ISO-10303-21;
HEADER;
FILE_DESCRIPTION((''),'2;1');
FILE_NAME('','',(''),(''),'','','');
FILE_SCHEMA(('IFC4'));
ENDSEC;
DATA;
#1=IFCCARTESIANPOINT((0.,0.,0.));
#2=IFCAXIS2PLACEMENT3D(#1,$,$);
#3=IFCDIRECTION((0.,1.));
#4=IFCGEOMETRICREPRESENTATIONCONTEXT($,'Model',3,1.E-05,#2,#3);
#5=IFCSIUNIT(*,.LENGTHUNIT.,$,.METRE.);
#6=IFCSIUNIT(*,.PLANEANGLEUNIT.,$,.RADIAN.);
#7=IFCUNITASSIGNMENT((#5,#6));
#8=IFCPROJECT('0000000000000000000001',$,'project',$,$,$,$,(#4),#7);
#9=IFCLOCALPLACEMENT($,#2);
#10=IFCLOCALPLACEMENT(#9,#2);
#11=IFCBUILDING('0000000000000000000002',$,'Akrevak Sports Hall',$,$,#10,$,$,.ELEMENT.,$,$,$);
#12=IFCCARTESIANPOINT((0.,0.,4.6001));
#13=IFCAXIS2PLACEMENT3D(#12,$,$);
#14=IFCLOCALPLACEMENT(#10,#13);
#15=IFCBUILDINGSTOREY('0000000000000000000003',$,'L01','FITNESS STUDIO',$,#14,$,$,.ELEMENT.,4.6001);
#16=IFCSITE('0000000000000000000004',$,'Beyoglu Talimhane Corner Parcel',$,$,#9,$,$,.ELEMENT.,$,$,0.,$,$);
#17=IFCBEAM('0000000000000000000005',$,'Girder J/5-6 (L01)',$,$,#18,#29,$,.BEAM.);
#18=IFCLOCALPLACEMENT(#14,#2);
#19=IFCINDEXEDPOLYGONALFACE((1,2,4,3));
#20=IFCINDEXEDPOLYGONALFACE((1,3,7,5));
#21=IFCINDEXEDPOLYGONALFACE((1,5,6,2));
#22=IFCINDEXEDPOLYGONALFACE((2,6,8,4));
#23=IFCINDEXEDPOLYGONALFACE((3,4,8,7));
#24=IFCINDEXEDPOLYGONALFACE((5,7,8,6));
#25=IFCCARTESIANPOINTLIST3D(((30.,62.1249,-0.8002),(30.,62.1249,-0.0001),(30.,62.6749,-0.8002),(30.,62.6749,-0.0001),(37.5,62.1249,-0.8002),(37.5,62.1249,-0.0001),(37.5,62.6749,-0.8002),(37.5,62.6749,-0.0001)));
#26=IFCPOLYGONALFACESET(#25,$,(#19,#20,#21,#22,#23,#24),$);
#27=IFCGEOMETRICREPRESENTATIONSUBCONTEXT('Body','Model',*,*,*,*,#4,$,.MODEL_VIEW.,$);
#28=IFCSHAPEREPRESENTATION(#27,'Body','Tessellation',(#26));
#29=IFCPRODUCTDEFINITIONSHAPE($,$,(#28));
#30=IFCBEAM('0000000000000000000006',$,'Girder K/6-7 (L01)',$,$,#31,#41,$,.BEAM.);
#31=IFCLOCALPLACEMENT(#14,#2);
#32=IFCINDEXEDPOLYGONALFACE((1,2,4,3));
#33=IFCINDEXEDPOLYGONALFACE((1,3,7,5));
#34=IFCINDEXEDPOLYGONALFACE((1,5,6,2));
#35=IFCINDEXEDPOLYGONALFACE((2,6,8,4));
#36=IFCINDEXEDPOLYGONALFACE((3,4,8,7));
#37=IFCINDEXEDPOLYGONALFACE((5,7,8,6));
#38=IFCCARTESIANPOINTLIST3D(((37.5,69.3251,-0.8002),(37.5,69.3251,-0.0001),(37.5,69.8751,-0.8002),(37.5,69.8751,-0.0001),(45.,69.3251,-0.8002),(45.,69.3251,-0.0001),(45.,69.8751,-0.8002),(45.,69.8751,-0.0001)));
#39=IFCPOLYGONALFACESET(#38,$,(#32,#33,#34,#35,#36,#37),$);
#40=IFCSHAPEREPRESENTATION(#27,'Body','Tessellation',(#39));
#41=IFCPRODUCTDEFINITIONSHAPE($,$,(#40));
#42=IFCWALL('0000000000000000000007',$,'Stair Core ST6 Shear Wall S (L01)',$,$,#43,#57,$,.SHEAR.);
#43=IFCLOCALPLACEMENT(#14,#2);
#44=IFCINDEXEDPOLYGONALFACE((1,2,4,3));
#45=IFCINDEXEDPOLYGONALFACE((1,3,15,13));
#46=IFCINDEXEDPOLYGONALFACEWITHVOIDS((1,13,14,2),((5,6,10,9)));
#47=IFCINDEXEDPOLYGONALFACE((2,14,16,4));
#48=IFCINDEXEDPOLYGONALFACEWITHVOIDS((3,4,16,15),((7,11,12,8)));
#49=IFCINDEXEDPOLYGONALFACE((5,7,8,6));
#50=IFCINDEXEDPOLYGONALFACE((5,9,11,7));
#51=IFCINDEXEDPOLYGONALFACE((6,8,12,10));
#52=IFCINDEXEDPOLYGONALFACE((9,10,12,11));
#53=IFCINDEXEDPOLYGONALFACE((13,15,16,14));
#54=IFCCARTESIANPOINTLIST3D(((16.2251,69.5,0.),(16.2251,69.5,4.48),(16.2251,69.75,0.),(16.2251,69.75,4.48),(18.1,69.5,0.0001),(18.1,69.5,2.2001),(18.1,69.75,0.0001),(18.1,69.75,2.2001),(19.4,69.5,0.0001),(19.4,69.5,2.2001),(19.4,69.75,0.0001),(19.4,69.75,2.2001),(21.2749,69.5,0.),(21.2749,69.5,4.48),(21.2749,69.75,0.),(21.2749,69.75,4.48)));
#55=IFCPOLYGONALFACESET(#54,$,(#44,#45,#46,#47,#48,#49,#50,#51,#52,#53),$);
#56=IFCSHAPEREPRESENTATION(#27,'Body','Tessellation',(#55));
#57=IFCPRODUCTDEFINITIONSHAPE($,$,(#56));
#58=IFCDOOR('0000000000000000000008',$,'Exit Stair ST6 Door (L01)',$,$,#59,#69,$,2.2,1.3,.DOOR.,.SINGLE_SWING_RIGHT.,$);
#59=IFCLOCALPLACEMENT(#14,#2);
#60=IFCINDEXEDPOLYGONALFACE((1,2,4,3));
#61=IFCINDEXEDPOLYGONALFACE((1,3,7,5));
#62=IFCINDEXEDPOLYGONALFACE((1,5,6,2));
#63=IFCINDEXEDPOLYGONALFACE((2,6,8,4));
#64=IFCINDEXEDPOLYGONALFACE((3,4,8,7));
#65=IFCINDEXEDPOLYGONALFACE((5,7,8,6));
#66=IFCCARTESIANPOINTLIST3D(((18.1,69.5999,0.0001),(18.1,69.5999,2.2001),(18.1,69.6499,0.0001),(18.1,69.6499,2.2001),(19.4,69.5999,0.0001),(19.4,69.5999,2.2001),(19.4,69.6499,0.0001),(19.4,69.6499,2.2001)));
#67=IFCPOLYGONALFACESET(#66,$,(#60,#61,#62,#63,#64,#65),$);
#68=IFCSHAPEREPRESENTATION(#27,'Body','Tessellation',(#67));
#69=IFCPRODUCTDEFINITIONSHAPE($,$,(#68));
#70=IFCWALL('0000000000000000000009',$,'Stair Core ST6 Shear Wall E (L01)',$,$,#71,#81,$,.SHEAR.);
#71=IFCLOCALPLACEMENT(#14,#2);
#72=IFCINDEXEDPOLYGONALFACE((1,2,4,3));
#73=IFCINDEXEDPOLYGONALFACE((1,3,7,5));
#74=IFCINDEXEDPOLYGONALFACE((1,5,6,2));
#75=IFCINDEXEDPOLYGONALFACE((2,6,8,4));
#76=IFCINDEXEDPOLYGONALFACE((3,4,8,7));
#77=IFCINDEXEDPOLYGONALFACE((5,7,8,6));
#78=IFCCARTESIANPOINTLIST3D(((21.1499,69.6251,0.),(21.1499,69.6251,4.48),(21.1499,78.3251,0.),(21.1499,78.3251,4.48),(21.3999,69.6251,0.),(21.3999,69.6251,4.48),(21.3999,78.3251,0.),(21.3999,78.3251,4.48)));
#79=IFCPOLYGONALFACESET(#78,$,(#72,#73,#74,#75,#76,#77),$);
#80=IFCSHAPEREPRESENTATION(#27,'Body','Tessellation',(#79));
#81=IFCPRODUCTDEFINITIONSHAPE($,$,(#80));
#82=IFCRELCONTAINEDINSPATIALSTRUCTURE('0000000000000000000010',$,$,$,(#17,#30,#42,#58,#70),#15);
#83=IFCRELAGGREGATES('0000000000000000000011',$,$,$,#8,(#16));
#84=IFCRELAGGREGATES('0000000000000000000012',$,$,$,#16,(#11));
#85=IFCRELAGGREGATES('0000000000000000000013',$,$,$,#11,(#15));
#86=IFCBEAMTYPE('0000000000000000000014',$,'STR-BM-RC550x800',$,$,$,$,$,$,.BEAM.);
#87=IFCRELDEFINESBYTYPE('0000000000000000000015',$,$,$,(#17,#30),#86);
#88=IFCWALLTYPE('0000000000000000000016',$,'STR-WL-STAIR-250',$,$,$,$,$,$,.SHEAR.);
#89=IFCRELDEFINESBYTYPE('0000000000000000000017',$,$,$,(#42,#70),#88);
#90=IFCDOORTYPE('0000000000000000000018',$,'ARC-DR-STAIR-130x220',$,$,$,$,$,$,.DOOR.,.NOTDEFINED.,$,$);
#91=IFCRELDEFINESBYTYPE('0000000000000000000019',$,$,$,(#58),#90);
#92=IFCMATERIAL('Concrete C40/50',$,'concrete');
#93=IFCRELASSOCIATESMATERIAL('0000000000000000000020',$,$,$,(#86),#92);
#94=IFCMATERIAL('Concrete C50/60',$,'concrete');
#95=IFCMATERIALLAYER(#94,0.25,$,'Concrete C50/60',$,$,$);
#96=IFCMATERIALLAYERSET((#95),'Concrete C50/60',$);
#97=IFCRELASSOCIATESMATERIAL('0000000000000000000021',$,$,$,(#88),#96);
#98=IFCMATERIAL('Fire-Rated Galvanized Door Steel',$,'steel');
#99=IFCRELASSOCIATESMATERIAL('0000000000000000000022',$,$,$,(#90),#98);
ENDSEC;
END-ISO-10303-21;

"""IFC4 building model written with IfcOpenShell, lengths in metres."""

from ifc_helpers import new_model, si_unit, direction, frame, frame_2d, origin, origin_2d, place, context, subcontext, project, spatial, rectangle, extrude, material, layer, layer_set, material_profile, profile_set, type_object, element, fill, save


model = new_model("IFC4")

# Units and contexts
model_context = context("Model", 3, precision=1e-05, world=origin(), true_north=direction((0.0, 1.0)))
body_context = subcontext(model_context, "Body", "Model", "MODEL_VIEW")
ifc_project = project(units=[si_unit("LENGTHUNIT", "METRE"), si_unit("PLANEANGLEUNIT", "RADIAN")], contexts=[model_context])

# Site, building, storey
site_placement = place(None, origin())
site = spatial("IfcSite", under=ifc_project, at=site_placement, Name="Beyoglu Talimhane Corner Parcel", CompositionType="ELEMENT", RefElevation=0.0)
building_placement = place(site_placement, origin())
building = spatial("IfcBuilding", under=site, at=building_placement, Name="Akrevak Sports Hall", CompositionType="ELEMENT")
storey_placement = place(building_placement, frame((0.0, 0.0, 4.6001)))
storey = spatial("IfcBuildingStorey", under=building, at=storey_placement, Name="L01", Description="FITNESS STUDIO", CompositionType="ELEMENT", Elevation=4.6001)

# Shared definitions
ifc_material_1 = material(Name="Concrete C50/60", Category="concrete")
ifc_material_2 = material(Name="Concrete C40/50", Category="concrete")

# Beams
ifc_material_profile_1 = material_profile(ifc_material_2, rectangle(XDim=0.55, YDim=0.8, at=origin_2d()), Name="BM 550x800", Category="concrete")
ifc_profile_set_1 = profile_set([ifc_material_profile_1], Name="Concrete C40/50")
beam_type_1 = type_object("IfcBeamType", Name="STR-BM-RC550x800", PredefinedType="BEAM", material=ifc_profile_set_1)
for number, where, z_axis, x_axis, name in (
    (1, (30.0, 62.3999, -0.4001), (1.0, 0.0, 0.0), (0.0, 1.0, 0.0), "Girder J/5-6 (L01)"),
    (2, (37.5, 69.6001, -0.4001), (1.0, 0.0, 0.0), (0.0, 1.0, 0.0), "Girder K/6-7 (L01)"),
):
    element("IfcBeam", number, at=place(storey_placement, frame(where, z_axis=z_axis, x_axis=x_axis)), inside=storey, type_object=beam_type_1, Name=name, PredefinedType="BEAM", context=body_context, shape_type="SweptSolid", body=[
        extrude(rectangle(XDim=0.55, YDim=0.8, at=origin_2d()), origin(), (0.0, 0.0, 1.0), 7.5),
    ])

# Wall, opening, door
ifc_layer = layer(ifc_material_1, 0.25, Name="Concrete C50/60")
ifc_layer_set = layer_set([ifc_layer], Name="Concrete C50/60")
wall_type = type_object("IfcWallType", Name="STR-WL-STAIR-250", PredefinedType="SHEAR", material=ifc_layer_set)
wall_1_placement = place(storey_placement, frame((16.2251, 69.625, 0.0), z_axis=(0.0, 0.0, 1.0), x_axis=(1.0, 0.0, 0.0)))
wall_1 = element("IfcWall", 3, at=wall_1_placement, inside=storey, type_object=wall_type, Name="Stair Core ST6 Shear Wall S (L01)", PredefinedType="SHEAR", context=body_context, shape_type="SweptSolid", body=[
    extrude(rectangle(XDim=5.0498, YDim=0.25, at=frame_2d((2.5249, 0.0))), origin(), (0.0, 0.0, 1.0), 4.48),
])
opening_placement = place(wall_1_placement, frame((1.875, 0.0, 0.0)))
opening = element("IfcOpeningElement", 4, at=opening_placement, cuts=wall_1, PredefinedType="OPENING", context=body_context, shape_type="SweptSolid", body=[
    extrude(rectangle(XDim=1.3, YDim=2.2, at=frame_2d((0.6499, 1.1001))), frame((0.0, 0.137, 0.0), z_axis=(0.0, -1.0, 0.0), x_axis=(1.0, 0.0, 0.0)), (0.0, 0.0, 1.0), 0.2739),
])
ifc_material_3 = material(Name="Fire-Rated Galvanized Door Steel", Category="steel")
door_type = type_object("IfcDoorType", Name="ARC-DR-STAIR-130x220", OperationType="NOTDEFINED", PredefinedType="DOOR", material=ifc_material_3)
door_placement = place(opening_placement, origin())
door = element("IfcDoor", 5, at=door_placement, inside=storey, type_object=door_type, Name="Exit Stair ST6 Door (L01)", OperationType="SINGLE_SWING_RIGHT", OverallHeight=2.2, OverallWidth=1.3, PredefinedType="DOOR", context=body_context, shape_type="SweptSolid", body=[
    extrude(rectangle(XDim=1.3, YDim=2.2, at=frame_2d((0.6499, 1.1001))), frame((0.0, 0.0249, 0.0), z_axis=(0.0, -1.0, 0.0), x_axis=(1.0, 0.0, 0.0)), (0.0, 0.0, 1.0), 0.05),
])
fill(opening, door)

# Wall
wall_2_placement = place(storey_placement, frame((21.2749, 69.625, 0.0), z_axis=(0.0, 0.0, 1.0), x_axis=(0.0, 1.0, 0.0)))
element("IfcWall", 6, at=wall_2_placement, inside=storey, type_object=wall_type, Name="Stair Core ST6 Shear Wall E (L01)", PredefinedType="SHEAR", context=body_context, shape_type="SweptSolid", body=[
    extrude(rectangle(XDim=8.7, YDim=0.25, at=frame_2d((4.3501, 0.0))), origin(), (0.0, 0.0, 1.0), 4.48),
])

save(model, "model.ifc")
